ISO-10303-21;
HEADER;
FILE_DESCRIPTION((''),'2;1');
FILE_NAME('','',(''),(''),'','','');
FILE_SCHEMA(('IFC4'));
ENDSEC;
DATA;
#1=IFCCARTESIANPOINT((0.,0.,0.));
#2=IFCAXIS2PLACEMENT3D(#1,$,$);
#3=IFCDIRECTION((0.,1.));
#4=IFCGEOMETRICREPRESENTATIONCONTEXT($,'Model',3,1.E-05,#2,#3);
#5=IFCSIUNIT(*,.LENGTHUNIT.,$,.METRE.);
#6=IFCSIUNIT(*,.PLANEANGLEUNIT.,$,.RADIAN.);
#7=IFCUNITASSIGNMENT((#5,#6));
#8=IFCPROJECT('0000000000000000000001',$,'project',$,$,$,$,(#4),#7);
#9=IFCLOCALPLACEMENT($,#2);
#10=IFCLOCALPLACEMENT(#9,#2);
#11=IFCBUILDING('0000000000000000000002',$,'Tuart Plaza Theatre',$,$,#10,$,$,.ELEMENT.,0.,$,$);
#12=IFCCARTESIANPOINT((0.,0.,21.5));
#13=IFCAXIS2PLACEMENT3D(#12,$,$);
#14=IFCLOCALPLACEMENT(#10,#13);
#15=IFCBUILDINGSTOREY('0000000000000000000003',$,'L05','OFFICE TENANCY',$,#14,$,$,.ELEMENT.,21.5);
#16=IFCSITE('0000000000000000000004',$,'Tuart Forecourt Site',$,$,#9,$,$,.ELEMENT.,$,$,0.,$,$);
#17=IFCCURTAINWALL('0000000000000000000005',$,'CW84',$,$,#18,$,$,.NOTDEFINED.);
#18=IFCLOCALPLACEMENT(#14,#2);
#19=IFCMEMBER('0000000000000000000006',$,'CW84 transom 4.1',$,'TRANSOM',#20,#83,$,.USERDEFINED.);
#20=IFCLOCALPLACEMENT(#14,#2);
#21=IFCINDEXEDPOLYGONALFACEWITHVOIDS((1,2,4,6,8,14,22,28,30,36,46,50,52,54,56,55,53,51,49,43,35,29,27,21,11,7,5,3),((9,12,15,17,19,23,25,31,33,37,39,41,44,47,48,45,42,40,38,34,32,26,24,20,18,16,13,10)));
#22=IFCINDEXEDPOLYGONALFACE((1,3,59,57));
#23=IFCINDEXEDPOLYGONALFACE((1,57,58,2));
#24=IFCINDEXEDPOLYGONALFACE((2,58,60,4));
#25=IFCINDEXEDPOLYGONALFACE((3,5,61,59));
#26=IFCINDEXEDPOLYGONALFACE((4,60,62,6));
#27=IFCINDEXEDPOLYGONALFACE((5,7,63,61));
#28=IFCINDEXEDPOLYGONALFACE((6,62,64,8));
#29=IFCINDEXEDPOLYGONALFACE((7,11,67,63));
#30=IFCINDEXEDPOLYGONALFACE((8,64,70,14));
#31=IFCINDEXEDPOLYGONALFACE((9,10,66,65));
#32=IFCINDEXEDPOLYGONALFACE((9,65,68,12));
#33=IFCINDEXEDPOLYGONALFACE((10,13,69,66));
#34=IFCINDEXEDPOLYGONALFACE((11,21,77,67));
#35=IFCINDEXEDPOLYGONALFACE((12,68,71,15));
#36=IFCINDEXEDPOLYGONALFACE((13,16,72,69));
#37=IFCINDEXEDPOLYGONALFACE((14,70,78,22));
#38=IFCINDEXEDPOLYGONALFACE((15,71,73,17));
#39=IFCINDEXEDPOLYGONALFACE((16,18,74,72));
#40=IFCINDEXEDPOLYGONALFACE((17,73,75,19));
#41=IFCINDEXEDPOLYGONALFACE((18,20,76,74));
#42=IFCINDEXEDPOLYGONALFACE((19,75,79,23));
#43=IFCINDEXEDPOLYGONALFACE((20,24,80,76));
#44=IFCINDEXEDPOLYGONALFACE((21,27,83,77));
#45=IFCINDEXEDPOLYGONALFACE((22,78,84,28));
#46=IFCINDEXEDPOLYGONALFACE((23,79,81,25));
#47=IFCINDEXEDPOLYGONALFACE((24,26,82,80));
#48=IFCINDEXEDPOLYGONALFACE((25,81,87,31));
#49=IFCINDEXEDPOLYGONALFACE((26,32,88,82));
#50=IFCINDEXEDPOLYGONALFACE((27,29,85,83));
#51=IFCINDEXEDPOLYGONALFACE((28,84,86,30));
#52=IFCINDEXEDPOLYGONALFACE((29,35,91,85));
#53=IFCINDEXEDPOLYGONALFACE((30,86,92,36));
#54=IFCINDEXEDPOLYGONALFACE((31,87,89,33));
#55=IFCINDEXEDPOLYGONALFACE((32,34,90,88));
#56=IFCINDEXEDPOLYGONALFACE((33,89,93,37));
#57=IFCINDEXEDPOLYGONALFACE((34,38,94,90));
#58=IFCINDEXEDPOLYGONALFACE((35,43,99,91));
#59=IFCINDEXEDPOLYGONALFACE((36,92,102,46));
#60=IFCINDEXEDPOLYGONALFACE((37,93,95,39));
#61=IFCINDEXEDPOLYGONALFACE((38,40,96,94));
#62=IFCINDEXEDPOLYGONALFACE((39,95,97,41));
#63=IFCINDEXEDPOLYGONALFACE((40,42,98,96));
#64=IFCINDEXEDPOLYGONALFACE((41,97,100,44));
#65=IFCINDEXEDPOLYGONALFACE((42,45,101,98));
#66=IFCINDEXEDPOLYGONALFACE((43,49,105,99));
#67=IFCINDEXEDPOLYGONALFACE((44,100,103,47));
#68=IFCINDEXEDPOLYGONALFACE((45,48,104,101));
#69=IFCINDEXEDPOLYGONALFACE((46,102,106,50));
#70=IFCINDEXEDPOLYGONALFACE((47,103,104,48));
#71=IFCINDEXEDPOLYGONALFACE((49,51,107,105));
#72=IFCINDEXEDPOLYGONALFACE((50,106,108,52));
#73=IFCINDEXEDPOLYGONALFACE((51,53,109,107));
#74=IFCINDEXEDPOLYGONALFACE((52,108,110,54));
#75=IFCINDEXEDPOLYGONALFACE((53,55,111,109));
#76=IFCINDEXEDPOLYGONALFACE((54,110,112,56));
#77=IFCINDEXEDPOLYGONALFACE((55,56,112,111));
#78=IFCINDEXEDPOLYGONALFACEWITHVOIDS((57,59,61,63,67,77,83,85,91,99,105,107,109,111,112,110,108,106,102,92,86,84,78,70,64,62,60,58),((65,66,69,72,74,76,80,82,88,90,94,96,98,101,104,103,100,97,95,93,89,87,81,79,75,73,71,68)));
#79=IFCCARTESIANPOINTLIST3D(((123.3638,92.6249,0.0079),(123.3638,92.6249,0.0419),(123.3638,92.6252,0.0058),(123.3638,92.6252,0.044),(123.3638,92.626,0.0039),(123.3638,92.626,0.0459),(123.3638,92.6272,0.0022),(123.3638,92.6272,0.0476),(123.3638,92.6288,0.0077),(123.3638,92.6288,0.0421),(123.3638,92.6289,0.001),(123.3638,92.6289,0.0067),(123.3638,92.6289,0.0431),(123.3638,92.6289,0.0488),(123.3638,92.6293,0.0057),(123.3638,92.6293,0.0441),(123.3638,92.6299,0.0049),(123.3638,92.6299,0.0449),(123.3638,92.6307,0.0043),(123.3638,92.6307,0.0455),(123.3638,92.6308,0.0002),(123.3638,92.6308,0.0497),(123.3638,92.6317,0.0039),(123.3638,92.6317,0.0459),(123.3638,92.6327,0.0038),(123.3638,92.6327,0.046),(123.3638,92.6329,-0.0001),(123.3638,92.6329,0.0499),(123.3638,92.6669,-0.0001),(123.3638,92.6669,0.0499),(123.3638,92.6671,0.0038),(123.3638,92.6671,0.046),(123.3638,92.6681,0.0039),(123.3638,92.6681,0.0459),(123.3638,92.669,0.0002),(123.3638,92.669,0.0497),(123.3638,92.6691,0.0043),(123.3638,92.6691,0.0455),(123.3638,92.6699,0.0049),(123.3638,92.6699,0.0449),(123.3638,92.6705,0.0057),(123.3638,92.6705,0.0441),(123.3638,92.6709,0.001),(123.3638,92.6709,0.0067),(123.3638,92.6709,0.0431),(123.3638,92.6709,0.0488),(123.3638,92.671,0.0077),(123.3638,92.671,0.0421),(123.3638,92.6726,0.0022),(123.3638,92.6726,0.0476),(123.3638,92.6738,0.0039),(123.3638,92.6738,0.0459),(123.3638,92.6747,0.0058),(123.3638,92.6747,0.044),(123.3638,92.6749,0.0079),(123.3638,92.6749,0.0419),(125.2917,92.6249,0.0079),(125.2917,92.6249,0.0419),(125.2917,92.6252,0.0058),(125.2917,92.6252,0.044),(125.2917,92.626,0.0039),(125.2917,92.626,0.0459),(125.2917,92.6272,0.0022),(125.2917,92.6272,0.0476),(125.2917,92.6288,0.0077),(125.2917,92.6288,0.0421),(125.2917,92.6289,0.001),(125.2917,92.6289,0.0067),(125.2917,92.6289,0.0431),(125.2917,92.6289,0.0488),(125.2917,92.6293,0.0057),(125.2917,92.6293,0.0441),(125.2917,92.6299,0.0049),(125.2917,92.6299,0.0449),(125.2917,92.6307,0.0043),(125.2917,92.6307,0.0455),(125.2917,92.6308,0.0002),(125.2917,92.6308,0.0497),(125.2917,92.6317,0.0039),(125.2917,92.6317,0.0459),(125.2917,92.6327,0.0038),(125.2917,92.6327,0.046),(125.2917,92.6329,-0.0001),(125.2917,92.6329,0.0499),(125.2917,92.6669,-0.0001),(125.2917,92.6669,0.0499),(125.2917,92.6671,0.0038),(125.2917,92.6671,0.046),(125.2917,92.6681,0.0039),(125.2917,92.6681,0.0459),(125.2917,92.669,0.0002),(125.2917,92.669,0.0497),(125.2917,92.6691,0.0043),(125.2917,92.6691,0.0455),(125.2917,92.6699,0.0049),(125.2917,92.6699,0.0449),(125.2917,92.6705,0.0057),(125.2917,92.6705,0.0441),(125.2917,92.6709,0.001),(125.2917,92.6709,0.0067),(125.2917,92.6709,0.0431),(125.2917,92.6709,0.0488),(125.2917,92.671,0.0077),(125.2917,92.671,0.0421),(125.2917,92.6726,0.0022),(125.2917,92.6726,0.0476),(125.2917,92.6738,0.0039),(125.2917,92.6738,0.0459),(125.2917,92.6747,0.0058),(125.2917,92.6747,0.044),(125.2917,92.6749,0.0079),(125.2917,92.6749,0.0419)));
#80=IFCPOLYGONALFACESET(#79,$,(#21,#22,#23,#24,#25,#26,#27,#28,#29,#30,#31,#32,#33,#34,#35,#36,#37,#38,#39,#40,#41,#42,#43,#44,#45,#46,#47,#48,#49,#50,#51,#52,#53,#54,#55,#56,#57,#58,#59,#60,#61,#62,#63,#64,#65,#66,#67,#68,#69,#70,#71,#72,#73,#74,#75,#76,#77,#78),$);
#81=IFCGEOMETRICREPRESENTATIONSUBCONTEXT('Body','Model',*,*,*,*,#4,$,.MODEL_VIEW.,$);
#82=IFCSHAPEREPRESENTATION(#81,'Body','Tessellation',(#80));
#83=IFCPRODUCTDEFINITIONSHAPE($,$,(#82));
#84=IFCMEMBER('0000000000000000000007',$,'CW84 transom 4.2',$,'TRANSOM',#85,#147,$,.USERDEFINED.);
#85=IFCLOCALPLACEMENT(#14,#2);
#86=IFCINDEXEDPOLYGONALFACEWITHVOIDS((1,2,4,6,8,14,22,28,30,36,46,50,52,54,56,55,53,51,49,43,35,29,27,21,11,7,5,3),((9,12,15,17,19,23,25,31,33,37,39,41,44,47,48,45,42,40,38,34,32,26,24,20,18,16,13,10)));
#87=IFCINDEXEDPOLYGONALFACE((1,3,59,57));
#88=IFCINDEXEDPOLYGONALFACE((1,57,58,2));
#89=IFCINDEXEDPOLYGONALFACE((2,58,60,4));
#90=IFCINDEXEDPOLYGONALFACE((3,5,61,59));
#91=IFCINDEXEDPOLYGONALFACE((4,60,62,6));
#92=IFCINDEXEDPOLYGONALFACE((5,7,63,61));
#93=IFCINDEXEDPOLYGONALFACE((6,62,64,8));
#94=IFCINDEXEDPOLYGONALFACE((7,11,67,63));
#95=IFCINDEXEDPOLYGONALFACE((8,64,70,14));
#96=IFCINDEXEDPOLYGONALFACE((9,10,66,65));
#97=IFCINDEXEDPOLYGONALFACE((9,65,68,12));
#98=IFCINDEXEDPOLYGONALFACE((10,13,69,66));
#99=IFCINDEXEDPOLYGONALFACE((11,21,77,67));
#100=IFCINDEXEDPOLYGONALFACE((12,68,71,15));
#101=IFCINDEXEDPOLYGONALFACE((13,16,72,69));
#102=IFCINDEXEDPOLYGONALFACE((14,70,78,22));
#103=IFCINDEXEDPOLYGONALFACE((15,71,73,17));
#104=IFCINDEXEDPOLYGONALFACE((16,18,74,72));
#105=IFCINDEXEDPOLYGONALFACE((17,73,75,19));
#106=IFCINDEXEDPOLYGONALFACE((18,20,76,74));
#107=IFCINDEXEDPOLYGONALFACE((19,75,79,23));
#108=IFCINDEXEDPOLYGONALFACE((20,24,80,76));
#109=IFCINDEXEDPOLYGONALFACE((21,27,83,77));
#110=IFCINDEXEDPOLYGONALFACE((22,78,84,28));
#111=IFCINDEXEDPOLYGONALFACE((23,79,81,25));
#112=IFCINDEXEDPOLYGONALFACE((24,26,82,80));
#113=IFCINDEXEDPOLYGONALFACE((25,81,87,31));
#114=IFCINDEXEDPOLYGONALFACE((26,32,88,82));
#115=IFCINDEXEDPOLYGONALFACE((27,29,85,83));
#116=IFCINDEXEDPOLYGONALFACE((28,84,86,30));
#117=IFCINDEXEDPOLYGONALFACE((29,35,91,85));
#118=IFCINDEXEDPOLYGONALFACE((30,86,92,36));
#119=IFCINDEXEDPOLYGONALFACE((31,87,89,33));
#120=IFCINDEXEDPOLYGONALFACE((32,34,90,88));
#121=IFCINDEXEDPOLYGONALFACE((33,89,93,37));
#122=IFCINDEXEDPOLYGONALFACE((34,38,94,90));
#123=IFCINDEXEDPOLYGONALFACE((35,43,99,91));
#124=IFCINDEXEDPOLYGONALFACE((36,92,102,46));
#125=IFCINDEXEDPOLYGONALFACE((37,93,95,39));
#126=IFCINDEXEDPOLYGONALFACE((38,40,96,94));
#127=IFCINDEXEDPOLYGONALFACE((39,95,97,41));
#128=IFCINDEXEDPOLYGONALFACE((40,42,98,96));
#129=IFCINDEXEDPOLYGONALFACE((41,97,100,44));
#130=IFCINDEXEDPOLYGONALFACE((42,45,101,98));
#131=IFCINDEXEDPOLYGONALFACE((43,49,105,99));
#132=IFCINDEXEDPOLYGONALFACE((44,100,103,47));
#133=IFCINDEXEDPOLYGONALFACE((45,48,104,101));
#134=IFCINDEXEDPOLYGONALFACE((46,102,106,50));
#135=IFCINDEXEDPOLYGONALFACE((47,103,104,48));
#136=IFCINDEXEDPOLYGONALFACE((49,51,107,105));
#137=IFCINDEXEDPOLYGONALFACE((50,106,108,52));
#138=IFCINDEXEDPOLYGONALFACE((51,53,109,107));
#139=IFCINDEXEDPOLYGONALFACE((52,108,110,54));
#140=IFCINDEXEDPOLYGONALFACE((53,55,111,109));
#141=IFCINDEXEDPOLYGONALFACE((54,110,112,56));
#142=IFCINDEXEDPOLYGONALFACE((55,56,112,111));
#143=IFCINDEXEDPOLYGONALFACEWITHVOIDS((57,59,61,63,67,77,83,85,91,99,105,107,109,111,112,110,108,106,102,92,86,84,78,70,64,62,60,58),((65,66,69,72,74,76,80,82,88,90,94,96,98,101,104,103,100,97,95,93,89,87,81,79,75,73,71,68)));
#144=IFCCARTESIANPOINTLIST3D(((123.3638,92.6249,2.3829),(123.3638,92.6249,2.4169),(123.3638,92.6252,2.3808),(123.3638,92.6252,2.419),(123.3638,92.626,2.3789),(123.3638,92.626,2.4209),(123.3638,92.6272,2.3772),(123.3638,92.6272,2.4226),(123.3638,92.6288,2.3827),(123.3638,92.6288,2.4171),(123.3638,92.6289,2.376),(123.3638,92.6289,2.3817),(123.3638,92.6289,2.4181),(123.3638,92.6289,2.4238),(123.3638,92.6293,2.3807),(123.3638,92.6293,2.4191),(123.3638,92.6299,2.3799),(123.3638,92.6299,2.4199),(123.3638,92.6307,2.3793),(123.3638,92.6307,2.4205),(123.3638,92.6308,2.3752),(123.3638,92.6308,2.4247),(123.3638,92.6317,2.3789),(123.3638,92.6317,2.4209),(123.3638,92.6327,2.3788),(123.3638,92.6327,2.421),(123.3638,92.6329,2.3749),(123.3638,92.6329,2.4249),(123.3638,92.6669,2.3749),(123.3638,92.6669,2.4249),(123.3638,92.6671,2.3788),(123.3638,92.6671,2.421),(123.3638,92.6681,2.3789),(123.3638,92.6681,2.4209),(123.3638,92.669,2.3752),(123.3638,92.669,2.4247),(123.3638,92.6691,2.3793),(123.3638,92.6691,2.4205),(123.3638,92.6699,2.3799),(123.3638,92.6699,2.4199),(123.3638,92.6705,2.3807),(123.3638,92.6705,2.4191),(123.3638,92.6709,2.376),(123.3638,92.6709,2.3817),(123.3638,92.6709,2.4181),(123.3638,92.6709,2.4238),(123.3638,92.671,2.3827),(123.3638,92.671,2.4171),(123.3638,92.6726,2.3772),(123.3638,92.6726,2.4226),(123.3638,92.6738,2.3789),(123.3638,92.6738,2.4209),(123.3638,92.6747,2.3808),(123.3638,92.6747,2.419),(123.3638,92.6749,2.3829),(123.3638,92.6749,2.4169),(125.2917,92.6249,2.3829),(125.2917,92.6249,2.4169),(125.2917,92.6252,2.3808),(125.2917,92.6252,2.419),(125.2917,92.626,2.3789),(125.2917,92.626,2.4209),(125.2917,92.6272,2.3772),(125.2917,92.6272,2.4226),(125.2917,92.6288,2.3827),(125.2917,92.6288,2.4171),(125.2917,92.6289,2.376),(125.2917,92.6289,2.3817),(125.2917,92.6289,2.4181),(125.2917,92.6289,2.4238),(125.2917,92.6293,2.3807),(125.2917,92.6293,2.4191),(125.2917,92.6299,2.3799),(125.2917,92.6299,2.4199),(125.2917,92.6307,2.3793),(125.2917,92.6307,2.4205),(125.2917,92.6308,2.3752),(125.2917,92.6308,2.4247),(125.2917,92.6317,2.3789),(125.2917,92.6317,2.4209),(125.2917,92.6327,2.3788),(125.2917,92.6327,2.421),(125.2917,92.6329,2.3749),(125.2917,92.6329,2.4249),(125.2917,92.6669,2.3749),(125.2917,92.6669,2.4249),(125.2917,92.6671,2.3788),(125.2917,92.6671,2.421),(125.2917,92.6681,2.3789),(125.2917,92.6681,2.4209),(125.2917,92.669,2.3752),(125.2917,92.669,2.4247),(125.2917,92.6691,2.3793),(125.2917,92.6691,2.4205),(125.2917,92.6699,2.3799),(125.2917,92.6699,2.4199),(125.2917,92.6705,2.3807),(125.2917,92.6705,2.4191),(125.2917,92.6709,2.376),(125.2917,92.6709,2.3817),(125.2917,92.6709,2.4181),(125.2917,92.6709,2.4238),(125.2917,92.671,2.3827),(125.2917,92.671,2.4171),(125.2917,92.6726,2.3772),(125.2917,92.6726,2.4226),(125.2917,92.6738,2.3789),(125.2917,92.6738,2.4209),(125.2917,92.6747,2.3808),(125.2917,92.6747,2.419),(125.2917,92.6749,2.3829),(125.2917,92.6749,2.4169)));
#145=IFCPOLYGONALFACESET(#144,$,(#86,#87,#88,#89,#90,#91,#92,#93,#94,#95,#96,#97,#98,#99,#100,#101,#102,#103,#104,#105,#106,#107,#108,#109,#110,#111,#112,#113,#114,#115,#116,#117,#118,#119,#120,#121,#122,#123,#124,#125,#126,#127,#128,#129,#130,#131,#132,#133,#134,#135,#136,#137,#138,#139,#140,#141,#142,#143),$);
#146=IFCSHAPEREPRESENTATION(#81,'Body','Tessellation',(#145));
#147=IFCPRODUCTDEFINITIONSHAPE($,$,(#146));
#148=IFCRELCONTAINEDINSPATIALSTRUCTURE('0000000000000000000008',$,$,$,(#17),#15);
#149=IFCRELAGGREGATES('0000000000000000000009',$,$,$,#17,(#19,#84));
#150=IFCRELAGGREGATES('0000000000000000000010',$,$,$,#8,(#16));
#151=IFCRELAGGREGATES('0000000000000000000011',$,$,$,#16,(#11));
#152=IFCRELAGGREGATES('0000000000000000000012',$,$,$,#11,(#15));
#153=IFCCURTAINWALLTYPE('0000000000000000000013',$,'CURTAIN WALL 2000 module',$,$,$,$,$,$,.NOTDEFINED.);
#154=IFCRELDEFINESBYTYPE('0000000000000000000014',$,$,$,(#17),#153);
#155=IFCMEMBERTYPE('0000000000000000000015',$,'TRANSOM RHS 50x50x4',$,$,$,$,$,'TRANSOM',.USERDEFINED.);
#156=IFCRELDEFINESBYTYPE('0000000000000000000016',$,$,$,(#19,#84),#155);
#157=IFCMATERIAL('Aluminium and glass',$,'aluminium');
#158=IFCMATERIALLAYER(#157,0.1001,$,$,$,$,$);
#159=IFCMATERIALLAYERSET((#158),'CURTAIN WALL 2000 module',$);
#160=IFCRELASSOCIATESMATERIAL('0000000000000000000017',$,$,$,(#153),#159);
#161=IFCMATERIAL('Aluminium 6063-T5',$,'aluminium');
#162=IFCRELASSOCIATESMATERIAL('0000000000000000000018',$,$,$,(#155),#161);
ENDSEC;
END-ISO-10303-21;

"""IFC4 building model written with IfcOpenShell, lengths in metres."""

from ifc_helpers import new_model, si_unit, direction, frame, origin, origin_2d, place, context, subcontext, project, spatial, hollow_rectangle, extrude, material, layer, layer_set, material_profile, profile_set, type_object, element, aggregate, save


model = new_model("IFC4")

# Units and contexts
model_context = context("Model", 3, precision=1e-05, world=origin(), true_north=direction((0.0, 1.0)))
body_context = subcontext(model_context, "Body", "Model", "MODEL_VIEW")
ifc_project = project(units=[si_unit("LENGTHUNIT", "METRE"), si_unit("PLANEANGLEUNIT", "RADIAN")], contexts=[model_context])

# Site, building, storey
site_placement = place(None, origin())
site = spatial("IfcSite", under=ifc_project, at=site_placement, Name="Tuart Forecourt Site", CompositionType="ELEMENT", RefElevation=0.0)
building_placement = place(site_placement, origin())
building = spatial("IfcBuilding", under=site, at=building_placement, Name="Tuart Plaza Theatre", CompositionType="ELEMENT", ElevationOfRefHeight=0.0)
storey_placement = place(building_placement, frame((0.0, 0.0, 21.5)))
storey = spatial("IfcBuildingStorey", under=building, at=storey_placement, Name="L05", Description="OFFICE TENANCY", CompositionType="ELEMENT", Elevation=21.5)

# Shared definitions
ifc_material_1 = material(Name="Aluminium and glass", Category="aluminium")
ifc_layer_1 = layer(ifc_material_1, 0.1001)
ifc_layer_set_1 = layer_set([ifc_layer_1], Name="CURTAIN WALL 2000 module")
curtain_wall_type = type_object("IfcCurtainWallType", Name="CURTAIN WALL 2000 module", PredefinedType="NOTDEFINED", material=ifc_layer_set_1)

# Curtain wall, members
curtain_wall_1_placement = place(storey_placement, origin())
curtain_wall_1 = element("IfcCurtainWall", 1, at=curtain_wall_1_placement, inside=storey, type_object=curtain_wall_type, Name="CW84", PredefinedType="NOTDEFINED")
ifc_material_2 = material(Name="Aluminium 6063-T5", Category="aluminium")
ifc_material_profile_1 = material_profile(ifc_material_2, hollow_rectangle(XDim=0.05, YDim=0.05, WallThickness=0.0039, InnerFilletRadius=0.0039, OuterFilletRadius=0.0081, at=origin_2d()), Name="RHS 50x50x4")
ifc_profile_set_1 = profile_set([ifc_material_profile_1], Name="Aluminium 6063-T5")
member_type_1 = type_object("IfcMemberType", Name="TRANSOM RHS 50x50x4", ElementType="TRANSOM", PredefinedType="USERDEFINED", material=ifc_profile_set_1)
member_1_placement = place(storey_placement, frame((125.2917, 92.6499, 0.0249), z_axis=(-1.0, 0.0, 0.0), x_axis=(0.0, -1.0, 0.0)))
member_1 = element("IfcMember", 2, at=member_1_placement, type_object=member_type_1, Name="CW84 transom 4.1", ObjectType="TRANSOM", PredefinedType="USERDEFINED", context=body_context, shape_type="SweptSolid", body=[
    extrude(hollow_rectangle(XDim=0.05, YDim=0.05, WallThickness=0.0039, InnerFilletRadius=0.0039, OuterFilletRadius=0.0081, at=origin_2d()), origin(), (0.0, 0.0, 1.0), 1.928),
])
member_2_placement = place(storey_placement, frame((125.2917, 92.6499, 2.3999), z_axis=(-1.0, 0.0, 0.0), x_axis=(0.0, -1.0, 0.0)))
member_2 = element("IfcMember", 3, at=member_2_placement, type_object=member_type_1, Name="CW84 transom 4.2", ObjectType="TRANSOM", PredefinedType="USERDEFINED", context=body_context, shape_type="SweptSolid", body=[
    extrude(hollow_rectangle(XDim=0.05, YDim=0.05, WallThickness=0.0039, InnerFilletRadius=0.0039, OuterFilletRadius=0.0081, at=origin_2d()), origin(), (0.0, 0.0, 1.0), 1.928),
])
aggregate(curtain_wall_1, [member_1, member_2])

save(model, "model.ifc")
